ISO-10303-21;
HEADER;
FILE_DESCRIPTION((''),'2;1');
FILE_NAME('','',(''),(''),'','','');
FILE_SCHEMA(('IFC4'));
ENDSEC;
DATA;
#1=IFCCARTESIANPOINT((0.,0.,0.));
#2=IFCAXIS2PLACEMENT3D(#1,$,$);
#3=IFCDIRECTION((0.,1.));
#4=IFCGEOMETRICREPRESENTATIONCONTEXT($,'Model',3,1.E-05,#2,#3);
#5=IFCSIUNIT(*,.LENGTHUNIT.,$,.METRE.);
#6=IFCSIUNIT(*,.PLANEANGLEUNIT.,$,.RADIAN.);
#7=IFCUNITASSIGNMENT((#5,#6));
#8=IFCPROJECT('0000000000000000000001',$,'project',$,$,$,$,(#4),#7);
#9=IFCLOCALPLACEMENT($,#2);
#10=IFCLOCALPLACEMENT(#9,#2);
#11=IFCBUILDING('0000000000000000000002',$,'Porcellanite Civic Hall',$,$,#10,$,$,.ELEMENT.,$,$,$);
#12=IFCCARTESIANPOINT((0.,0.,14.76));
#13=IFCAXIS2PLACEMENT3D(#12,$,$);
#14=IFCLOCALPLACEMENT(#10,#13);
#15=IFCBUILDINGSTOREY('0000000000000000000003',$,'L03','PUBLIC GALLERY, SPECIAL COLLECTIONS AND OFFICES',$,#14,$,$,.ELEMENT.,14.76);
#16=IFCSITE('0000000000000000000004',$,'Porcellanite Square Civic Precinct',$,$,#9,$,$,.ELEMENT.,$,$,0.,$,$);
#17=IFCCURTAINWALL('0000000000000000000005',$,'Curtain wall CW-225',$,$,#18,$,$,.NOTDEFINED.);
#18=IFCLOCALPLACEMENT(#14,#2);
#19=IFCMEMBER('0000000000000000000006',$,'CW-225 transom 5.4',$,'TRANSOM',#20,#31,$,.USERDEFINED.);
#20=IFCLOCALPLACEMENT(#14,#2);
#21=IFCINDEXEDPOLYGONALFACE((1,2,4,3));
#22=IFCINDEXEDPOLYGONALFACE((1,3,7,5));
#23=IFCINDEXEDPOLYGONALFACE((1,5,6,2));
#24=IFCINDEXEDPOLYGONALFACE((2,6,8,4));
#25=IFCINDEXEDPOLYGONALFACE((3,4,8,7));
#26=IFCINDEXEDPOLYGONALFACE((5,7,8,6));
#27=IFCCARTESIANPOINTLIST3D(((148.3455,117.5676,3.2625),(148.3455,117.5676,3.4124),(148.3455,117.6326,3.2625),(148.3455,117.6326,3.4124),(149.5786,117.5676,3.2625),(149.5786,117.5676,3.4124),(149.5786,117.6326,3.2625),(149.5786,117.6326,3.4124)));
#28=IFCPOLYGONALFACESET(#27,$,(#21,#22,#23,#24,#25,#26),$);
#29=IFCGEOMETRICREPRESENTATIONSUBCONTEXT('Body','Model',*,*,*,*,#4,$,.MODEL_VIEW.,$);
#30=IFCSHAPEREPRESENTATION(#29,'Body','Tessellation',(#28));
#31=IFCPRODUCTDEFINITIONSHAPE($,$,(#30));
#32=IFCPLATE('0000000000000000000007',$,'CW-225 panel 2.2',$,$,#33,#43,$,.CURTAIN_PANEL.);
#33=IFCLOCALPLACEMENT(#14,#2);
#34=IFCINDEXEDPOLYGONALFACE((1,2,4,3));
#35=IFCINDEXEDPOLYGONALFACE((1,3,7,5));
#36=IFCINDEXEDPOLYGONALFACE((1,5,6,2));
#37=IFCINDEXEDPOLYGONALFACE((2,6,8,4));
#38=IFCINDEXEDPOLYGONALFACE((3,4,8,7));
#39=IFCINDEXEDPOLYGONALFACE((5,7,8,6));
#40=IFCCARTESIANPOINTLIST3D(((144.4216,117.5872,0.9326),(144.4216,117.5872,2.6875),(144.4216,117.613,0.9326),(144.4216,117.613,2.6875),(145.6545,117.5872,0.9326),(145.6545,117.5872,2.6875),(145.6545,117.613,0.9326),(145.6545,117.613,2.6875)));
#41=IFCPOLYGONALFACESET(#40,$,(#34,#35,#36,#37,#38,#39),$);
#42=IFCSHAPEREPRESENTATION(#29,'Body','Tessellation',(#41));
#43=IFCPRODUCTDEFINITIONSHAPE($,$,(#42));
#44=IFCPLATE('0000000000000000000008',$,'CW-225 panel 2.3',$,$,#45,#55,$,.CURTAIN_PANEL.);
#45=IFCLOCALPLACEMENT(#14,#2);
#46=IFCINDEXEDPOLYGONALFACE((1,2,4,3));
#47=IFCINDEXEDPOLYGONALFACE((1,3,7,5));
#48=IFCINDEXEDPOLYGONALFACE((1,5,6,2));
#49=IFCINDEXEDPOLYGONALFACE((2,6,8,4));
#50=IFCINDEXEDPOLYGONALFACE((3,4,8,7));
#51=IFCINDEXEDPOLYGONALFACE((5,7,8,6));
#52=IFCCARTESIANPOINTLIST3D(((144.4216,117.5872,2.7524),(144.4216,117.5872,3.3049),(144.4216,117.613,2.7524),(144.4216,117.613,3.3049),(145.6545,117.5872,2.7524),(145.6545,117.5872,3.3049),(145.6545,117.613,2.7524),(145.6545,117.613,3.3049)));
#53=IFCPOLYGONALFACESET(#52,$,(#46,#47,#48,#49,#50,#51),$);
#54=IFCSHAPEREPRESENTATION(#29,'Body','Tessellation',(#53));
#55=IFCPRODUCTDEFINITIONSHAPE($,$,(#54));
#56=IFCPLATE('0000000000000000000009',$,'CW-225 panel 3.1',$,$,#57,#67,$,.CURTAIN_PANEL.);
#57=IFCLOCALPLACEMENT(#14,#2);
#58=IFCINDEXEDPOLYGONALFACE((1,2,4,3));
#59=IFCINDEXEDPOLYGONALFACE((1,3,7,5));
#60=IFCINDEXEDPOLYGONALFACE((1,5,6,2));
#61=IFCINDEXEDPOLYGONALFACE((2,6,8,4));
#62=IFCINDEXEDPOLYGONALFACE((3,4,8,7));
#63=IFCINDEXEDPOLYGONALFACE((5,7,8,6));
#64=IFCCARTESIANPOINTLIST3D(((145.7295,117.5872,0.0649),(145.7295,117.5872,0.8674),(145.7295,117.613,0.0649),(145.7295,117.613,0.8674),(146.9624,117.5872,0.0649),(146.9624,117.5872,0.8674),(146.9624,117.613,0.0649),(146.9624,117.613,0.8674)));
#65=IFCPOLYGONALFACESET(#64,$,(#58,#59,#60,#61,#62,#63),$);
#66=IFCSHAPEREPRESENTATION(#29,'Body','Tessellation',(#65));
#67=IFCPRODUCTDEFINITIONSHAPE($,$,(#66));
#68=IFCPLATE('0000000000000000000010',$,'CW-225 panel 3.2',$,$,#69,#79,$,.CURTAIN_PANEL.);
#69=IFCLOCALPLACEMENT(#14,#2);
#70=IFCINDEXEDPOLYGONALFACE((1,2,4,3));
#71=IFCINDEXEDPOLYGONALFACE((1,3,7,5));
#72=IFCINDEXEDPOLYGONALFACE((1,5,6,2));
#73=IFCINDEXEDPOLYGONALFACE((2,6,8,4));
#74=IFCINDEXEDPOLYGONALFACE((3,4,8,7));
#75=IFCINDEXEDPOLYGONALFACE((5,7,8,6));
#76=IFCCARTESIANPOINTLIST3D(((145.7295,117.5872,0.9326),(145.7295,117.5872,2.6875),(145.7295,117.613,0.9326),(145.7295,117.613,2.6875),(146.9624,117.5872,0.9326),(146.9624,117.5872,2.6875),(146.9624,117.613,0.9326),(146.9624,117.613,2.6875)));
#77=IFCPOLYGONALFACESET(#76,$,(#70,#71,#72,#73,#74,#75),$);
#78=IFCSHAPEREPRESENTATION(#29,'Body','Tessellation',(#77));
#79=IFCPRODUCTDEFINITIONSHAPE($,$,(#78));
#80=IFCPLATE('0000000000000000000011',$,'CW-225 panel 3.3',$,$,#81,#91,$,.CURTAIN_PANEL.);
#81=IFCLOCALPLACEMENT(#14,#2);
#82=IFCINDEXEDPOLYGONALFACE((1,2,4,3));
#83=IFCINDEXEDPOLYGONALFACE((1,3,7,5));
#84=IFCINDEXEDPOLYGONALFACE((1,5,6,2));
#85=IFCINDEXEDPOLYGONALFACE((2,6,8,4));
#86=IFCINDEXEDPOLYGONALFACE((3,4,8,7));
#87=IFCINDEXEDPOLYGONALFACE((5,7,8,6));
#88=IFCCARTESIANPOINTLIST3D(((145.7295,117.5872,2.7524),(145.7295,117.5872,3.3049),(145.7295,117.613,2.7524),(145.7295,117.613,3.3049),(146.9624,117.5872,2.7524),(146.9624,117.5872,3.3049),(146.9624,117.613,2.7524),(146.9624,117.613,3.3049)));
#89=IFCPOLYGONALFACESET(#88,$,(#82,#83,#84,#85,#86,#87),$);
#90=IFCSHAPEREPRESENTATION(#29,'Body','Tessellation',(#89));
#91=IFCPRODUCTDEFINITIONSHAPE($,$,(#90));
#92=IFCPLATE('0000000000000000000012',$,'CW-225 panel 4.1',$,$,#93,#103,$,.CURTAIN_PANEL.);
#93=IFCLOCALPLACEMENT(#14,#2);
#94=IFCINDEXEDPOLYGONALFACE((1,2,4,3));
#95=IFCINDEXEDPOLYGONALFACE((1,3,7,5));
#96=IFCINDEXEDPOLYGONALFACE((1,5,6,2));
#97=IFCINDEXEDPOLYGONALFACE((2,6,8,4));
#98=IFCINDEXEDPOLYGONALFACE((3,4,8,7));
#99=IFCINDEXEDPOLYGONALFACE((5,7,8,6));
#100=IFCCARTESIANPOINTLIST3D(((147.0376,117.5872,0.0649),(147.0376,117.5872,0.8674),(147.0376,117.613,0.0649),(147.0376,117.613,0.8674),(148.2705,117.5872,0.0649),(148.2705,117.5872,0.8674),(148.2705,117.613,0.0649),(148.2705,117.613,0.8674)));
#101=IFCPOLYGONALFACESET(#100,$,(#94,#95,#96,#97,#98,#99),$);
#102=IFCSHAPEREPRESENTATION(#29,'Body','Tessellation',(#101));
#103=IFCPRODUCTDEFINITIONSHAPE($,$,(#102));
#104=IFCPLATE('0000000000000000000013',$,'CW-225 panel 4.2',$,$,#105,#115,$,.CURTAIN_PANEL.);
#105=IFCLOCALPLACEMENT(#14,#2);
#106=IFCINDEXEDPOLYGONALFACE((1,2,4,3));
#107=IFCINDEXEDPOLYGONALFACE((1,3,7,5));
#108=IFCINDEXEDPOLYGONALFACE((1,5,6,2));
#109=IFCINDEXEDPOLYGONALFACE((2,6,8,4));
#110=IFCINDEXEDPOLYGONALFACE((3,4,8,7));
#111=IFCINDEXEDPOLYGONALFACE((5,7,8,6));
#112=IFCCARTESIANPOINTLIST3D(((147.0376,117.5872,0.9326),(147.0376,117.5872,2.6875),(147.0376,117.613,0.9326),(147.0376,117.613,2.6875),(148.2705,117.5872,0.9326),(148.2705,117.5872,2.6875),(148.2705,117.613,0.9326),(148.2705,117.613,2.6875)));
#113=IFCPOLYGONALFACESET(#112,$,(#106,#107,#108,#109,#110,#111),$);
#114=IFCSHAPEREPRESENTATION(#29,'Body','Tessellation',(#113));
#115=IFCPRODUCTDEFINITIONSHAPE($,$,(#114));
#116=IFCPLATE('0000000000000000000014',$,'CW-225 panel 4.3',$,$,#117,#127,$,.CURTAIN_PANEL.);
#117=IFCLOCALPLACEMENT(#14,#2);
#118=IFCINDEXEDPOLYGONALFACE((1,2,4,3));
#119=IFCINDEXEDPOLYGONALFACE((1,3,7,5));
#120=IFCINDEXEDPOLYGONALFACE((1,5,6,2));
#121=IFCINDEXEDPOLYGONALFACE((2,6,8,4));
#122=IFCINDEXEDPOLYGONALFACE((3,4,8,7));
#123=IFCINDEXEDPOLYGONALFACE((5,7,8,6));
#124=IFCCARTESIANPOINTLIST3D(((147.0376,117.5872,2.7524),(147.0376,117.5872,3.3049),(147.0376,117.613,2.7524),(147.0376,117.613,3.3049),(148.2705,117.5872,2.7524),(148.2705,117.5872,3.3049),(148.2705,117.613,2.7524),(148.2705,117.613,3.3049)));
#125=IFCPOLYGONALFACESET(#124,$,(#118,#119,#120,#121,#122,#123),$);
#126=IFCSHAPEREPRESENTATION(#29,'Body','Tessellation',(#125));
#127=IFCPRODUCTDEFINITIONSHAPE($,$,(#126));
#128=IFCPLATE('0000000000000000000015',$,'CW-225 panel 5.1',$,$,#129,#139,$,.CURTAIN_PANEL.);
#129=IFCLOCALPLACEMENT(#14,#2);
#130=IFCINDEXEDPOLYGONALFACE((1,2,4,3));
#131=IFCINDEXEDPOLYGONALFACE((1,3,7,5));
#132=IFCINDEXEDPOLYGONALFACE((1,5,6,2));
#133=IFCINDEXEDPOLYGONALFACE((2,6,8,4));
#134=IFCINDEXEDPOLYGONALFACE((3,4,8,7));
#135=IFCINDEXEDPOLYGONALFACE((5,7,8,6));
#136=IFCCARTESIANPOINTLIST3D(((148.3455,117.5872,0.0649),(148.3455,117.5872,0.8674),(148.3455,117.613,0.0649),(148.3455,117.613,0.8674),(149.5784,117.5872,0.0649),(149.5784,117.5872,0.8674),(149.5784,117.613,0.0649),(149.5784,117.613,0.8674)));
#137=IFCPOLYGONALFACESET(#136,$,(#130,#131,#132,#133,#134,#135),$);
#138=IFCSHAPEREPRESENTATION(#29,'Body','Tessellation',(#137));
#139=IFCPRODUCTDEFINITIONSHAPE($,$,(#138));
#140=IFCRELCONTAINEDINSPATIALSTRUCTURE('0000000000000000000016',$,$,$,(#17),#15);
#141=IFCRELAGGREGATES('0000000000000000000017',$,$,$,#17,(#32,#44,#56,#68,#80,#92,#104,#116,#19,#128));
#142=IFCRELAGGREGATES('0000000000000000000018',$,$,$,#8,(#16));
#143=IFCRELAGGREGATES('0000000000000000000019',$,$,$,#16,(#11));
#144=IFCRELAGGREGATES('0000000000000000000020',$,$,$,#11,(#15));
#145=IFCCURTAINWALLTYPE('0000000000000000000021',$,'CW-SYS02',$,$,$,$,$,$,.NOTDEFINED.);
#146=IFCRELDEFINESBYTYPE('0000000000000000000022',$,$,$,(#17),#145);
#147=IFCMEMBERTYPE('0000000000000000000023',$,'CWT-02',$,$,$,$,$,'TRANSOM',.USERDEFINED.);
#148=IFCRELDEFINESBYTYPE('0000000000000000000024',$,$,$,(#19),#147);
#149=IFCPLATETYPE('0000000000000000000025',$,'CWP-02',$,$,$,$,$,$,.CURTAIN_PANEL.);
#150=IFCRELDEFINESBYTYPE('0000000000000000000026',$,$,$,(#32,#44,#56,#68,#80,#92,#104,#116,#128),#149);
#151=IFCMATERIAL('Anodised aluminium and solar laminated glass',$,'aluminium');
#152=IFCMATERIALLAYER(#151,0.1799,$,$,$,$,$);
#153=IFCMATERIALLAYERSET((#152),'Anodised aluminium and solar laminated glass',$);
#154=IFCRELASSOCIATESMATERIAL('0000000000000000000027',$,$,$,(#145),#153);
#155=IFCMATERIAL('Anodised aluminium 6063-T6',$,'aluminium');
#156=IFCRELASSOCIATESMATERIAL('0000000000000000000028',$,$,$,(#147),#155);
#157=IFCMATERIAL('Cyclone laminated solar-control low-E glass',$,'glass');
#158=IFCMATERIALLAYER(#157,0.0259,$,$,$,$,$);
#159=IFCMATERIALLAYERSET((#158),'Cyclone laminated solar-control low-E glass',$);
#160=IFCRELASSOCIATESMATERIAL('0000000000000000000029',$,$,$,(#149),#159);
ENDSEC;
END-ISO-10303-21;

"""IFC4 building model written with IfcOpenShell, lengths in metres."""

from ifc_helpers import new_model, si_unit, direction, frame, origin, origin_2d, place, context, subcontext, project, spatial, rectangle, extrude, material, layer, layer_set, material_profile, profile_set, type_object, element, aggregate, save


model = new_model("IFC4")

# Units and contexts
model_context = context("Model", 3, precision=1e-05, world=origin(), true_north=direction((0.0, 1.0)))
body_context = subcontext(model_context, "Body", "Model", "MODEL_VIEW")
ifc_project = project(units=[si_unit("LENGTHUNIT", "METRE"), si_unit("PLANEANGLEUNIT", "RADIAN")], contexts=[model_context])

# Site, building, storey
site_placement = place(None, origin())
site = spatial("IfcSite", under=ifc_project, at=site_placement, Name="Porcellanite Square Civic Precinct", CompositionType="ELEMENT", RefElevation=0.0)
building_placement = place(site_placement, origin())
building = spatial("IfcBuilding", under=site, at=building_placement, Name="Porcellanite Civic Hall", CompositionType="ELEMENT")
storey_placement = place(building_placement, frame((0.0, 0.0, 14.76)))
storey = spatial("IfcBuildingStorey", under=building, at=storey_placement, Name="L03", Description="PUBLIC GALLERY, SPECIAL COLLECTIONS AND OFFICES", CompositionType="ELEMENT", Elevation=14.76)

# Curtain wall, member, plates
ifc_material_1 = material(Name="Anodised aluminium and solar laminated glass", Category="aluminium")
ifc_layer_1 = layer(ifc_material_1, 0.1799)
ifc_layer_set_1 = layer_set([ifc_layer_1], Name="Anodised aluminium and solar laminated glass")
curtain_wall_type = type_object("IfcCurtainWallType", Name="CW-SYS02", PredefinedType="NOTDEFINED", material=ifc_layer_set_1)
curtain_wall_placement = place(storey_placement, origin())
curtain_wall = element("IfcCurtainWall", 1, at=curtain_wall_placement, inside=storey, type_object=curtain_wall_type, Name="Curtain wall CW-225", PredefinedType="NOTDEFINED")
ifc_material_2 = material(Name="Anodised aluminium 6063-T6", Category="aluminium")
ifc_material_profile_1 = material_profile(ifc_material_2, rectangle(XDim=0.0649, YDim=0.1499, at=origin_2d()), Name="AL-65x150")
ifc_profile_set_1 = profile_set([ifc_material_profile_1], Name="Anodised aluminium 6063-T6")
member_type_1 = type_object("IfcMemberType", Name="CWT-02", ElementType="TRANSOM", PredefinedType="USERDEFINED", material=ifc_profile_set_1)
member_1_placement = place(storey_placement, frame((148.3455, 117.6001, 3.3374), z_axis=(1.0, 0.0, 0.0), x_axis=(0.0, 1.0, 0.0)))
member_1 = element("IfcMember", 2, at=member_1_placement, type_object=member_type_1, Name="CW-225 transom 5.4", ObjectType="TRANSOM", PredefinedType="USERDEFINED", context=body_context, shape_type="SweptSolid", body=[
    extrude(rectangle(XDim=0.0649, YDim=0.1499, at=origin_2d()), origin(), (0.0, 0.0, 1.0), 1.2332),
])
ifc_material_3 = material(Name="Cyclone laminated solar-control low-E glass", Category="glass")
ifc_layer_2 = layer(ifc_material_3, 0.0259)
ifc_layer_set_2 = layer_set([ifc_layer_2], Name="Cyclone laminated solar-control low-E glass")
plate_type = type_object("IfcPlateType", Name="CWP-02", PredefinedType="CURTAIN_PANEL", material=ifc_layer_set_2)
plate_1_placement = place(storey_placement, frame((145.0381, 117.6001, 0.9326), z_axis=(0.0, 0.0, 1.0), x_axis=(1.0, 0.0, 0.0)))
plate_1 = element("IfcPlate", 3, at=plate_1_placement, type_object=plate_type, Name="CW-225 panel 2.2", PredefinedType="CURTAIN_PANEL", context=body_context, shape_type="SweptSolid", body=[
    extrude(rectangle(XDim=1.2329, YDim=0.0259, at=origin_2d()), origin(), (0.0, 0.0, 1.0), 1.7549),
])
plate_2_placement = place(storey_placement, frame((145.0381, 117.6001, 2.7524), z_axis=(0.0, 0.0, 1.0), x_axis=(1.0, 0.0, 0.0)))
plate_2 = element("IfcPlate", 4, at=plate_2_placement, type_object=plate_type, Name="CW-225 panel 2.3", PredefinedType="CURTAIN_PANEL", context=body_context, shape_type="SweptSolid", body=[
    extrude(rectangle(XDim=1.2329, YDim=0.0259, at=origin_2d()), origin(), (0.0, 0.0, 1.0), 0.5525),
])
plate_3_placement = place(storey_placement, frame((146.3459, 117.6001, 0.0649), z_axis=(0.0, 0.0, 1.0), x_axis=(1.0, 0.0, 0.0)))
plate_3 = element("IfcPlate", 5, at=plate_3_placement, type_object=plate_type, Name="CW-225 panel 3.1", PredefinedType="CURTAIN_PANEL", context=body_context, shape_type="SweptSolid", body=[
    extrude(rectangle(XDim=1.2329, YDim=0.0259, at=origin_2d()), origin(), (0.0, 0.0, 1.0), 0.8025),
])
plate_4_placement = place(storey_placement, frame((146.3459, 117.6001, 0.9326), z_axis=(0.0, 0.0, 1.0), x_axis=(1.0, 0.0, 0.0)))
plate_4 = element("IfcPlate", 6, at=plate_4_placement, type_object=plate_type, Name="CW-225 panel 3.2", PredefinedType="CURTAIN_PANEL", context=body_context, shape_type="SweptSolid", body=[
    extrude(rectangle(XDim=1.2329, YDim=0.0259, at=origin_2d()), origin(), (0.0, 0.0, 1.0), 1.7549),
])
plate_5_placement = place(storey_placement, frame((146.3459, 117.6001, 2.7524), z_axis=(0.0, 0.0, 1.0), x_axis=(1.0, 0.0, 0.0)))
plate_5 = element("IfcPlate", 7, at=plate_5_placement, type_object=plate_type, Name="CW-225 panel 3.3", PredefinedType="CURTAIN_PANEL", context=body_context, shape_type="SweptSolid", body=[
    extrude(rectangle(XDim=1.2329, YDim=0.0259, at=origin_2d()), origin(), (0.0, 0.0, 1.0), 0.5525),
])
plate_6_placement = place(storey_placement, frame((147.6541, 117.6001, 0.0649), z_axis=(0.0, 0.0, 1.0), x_axis=(1.0, 0.0, 0.0)))
plate_6 = element("IfcPlate", 8, at=plate_6_placement, type_object=plate_type, Name="CW-225 panel 4.1", PredefinedType="CURTAIN_PANEL", context=body_context, shape_type="SweptSolid", body=[
    extrude(rectangle(XDim=1.2329, YDim=0.0259, at=origin_2d()), origin(), (0.0, 0.0, 1.0), 0.8025),
])
plate_7_placement = place(storey_placement, frame((147.6541, 117.6001, 0.9326), z_axis=(0.0, 0.0, 1.0), x_axis=(1.0, 0.0, 0.0)))
plate_7 = element("IfcPlate", 9, at=plate_7_placement, type_object=plate_type, Name="CW-225 panel 4.2", PredefinedType="CURTAIN_PANEL", context=body_context, shape_type="SweptSolid", body=[
    extrude(rectangle(XDim=1.2329, YDim=0.0259, at=origin_2d()), origin(), (0.0, 0.0, 1.0), 1.7549),
])
plate_8_placement = place(storey_placement, frame((147.6541, 117.6001, 2.7524), z_axis=(0.0, 0.0, 1.0), x_axis=(1.0, 0.0, 0.0)))
plate_8 = element("IfcPlate", 10, at=plate_8_placement, type_object=plate_type, Name="CW-225 panel 4.3", PredefinedType="CURTAIN_PANEL", context=body_context, shape_type="SweptSolid", body=[
    extrude(rectangle(XDim=1.2329, YDim=0.0259, at=origin_2d()), origin(), (0.0, 0.0, 1.0), 0.5525),
])
plate_9_placement = place(storey_placement, frame((148.9619, 117.6001, 0.0649), z_axis=(0.0, 0.0, 1.0), x_axis=(1.0, 0.0, 0.0)))
plate_9 = element("IfcPlate", 11, at=plate_9_placement, type_object=plate_type, Name="CW-225 panel 5.1", PredefinedType="CURTAIN_PANEL", context=body_context, shape_type="SweptSolid", body=[
    extrude(rectangle(XDim=1.2329, YDim=0.0259, at=origin_2d()), origin(), (0.0, 0.0, 1.0), 0.8025),
])
aggregate(curtain_wall, [plate_1, plate_2, plate_3, plate_4, plate_5, plate_6, plate_7, plate_8, member_1, plate_9])

save(model, "model.ifc")
